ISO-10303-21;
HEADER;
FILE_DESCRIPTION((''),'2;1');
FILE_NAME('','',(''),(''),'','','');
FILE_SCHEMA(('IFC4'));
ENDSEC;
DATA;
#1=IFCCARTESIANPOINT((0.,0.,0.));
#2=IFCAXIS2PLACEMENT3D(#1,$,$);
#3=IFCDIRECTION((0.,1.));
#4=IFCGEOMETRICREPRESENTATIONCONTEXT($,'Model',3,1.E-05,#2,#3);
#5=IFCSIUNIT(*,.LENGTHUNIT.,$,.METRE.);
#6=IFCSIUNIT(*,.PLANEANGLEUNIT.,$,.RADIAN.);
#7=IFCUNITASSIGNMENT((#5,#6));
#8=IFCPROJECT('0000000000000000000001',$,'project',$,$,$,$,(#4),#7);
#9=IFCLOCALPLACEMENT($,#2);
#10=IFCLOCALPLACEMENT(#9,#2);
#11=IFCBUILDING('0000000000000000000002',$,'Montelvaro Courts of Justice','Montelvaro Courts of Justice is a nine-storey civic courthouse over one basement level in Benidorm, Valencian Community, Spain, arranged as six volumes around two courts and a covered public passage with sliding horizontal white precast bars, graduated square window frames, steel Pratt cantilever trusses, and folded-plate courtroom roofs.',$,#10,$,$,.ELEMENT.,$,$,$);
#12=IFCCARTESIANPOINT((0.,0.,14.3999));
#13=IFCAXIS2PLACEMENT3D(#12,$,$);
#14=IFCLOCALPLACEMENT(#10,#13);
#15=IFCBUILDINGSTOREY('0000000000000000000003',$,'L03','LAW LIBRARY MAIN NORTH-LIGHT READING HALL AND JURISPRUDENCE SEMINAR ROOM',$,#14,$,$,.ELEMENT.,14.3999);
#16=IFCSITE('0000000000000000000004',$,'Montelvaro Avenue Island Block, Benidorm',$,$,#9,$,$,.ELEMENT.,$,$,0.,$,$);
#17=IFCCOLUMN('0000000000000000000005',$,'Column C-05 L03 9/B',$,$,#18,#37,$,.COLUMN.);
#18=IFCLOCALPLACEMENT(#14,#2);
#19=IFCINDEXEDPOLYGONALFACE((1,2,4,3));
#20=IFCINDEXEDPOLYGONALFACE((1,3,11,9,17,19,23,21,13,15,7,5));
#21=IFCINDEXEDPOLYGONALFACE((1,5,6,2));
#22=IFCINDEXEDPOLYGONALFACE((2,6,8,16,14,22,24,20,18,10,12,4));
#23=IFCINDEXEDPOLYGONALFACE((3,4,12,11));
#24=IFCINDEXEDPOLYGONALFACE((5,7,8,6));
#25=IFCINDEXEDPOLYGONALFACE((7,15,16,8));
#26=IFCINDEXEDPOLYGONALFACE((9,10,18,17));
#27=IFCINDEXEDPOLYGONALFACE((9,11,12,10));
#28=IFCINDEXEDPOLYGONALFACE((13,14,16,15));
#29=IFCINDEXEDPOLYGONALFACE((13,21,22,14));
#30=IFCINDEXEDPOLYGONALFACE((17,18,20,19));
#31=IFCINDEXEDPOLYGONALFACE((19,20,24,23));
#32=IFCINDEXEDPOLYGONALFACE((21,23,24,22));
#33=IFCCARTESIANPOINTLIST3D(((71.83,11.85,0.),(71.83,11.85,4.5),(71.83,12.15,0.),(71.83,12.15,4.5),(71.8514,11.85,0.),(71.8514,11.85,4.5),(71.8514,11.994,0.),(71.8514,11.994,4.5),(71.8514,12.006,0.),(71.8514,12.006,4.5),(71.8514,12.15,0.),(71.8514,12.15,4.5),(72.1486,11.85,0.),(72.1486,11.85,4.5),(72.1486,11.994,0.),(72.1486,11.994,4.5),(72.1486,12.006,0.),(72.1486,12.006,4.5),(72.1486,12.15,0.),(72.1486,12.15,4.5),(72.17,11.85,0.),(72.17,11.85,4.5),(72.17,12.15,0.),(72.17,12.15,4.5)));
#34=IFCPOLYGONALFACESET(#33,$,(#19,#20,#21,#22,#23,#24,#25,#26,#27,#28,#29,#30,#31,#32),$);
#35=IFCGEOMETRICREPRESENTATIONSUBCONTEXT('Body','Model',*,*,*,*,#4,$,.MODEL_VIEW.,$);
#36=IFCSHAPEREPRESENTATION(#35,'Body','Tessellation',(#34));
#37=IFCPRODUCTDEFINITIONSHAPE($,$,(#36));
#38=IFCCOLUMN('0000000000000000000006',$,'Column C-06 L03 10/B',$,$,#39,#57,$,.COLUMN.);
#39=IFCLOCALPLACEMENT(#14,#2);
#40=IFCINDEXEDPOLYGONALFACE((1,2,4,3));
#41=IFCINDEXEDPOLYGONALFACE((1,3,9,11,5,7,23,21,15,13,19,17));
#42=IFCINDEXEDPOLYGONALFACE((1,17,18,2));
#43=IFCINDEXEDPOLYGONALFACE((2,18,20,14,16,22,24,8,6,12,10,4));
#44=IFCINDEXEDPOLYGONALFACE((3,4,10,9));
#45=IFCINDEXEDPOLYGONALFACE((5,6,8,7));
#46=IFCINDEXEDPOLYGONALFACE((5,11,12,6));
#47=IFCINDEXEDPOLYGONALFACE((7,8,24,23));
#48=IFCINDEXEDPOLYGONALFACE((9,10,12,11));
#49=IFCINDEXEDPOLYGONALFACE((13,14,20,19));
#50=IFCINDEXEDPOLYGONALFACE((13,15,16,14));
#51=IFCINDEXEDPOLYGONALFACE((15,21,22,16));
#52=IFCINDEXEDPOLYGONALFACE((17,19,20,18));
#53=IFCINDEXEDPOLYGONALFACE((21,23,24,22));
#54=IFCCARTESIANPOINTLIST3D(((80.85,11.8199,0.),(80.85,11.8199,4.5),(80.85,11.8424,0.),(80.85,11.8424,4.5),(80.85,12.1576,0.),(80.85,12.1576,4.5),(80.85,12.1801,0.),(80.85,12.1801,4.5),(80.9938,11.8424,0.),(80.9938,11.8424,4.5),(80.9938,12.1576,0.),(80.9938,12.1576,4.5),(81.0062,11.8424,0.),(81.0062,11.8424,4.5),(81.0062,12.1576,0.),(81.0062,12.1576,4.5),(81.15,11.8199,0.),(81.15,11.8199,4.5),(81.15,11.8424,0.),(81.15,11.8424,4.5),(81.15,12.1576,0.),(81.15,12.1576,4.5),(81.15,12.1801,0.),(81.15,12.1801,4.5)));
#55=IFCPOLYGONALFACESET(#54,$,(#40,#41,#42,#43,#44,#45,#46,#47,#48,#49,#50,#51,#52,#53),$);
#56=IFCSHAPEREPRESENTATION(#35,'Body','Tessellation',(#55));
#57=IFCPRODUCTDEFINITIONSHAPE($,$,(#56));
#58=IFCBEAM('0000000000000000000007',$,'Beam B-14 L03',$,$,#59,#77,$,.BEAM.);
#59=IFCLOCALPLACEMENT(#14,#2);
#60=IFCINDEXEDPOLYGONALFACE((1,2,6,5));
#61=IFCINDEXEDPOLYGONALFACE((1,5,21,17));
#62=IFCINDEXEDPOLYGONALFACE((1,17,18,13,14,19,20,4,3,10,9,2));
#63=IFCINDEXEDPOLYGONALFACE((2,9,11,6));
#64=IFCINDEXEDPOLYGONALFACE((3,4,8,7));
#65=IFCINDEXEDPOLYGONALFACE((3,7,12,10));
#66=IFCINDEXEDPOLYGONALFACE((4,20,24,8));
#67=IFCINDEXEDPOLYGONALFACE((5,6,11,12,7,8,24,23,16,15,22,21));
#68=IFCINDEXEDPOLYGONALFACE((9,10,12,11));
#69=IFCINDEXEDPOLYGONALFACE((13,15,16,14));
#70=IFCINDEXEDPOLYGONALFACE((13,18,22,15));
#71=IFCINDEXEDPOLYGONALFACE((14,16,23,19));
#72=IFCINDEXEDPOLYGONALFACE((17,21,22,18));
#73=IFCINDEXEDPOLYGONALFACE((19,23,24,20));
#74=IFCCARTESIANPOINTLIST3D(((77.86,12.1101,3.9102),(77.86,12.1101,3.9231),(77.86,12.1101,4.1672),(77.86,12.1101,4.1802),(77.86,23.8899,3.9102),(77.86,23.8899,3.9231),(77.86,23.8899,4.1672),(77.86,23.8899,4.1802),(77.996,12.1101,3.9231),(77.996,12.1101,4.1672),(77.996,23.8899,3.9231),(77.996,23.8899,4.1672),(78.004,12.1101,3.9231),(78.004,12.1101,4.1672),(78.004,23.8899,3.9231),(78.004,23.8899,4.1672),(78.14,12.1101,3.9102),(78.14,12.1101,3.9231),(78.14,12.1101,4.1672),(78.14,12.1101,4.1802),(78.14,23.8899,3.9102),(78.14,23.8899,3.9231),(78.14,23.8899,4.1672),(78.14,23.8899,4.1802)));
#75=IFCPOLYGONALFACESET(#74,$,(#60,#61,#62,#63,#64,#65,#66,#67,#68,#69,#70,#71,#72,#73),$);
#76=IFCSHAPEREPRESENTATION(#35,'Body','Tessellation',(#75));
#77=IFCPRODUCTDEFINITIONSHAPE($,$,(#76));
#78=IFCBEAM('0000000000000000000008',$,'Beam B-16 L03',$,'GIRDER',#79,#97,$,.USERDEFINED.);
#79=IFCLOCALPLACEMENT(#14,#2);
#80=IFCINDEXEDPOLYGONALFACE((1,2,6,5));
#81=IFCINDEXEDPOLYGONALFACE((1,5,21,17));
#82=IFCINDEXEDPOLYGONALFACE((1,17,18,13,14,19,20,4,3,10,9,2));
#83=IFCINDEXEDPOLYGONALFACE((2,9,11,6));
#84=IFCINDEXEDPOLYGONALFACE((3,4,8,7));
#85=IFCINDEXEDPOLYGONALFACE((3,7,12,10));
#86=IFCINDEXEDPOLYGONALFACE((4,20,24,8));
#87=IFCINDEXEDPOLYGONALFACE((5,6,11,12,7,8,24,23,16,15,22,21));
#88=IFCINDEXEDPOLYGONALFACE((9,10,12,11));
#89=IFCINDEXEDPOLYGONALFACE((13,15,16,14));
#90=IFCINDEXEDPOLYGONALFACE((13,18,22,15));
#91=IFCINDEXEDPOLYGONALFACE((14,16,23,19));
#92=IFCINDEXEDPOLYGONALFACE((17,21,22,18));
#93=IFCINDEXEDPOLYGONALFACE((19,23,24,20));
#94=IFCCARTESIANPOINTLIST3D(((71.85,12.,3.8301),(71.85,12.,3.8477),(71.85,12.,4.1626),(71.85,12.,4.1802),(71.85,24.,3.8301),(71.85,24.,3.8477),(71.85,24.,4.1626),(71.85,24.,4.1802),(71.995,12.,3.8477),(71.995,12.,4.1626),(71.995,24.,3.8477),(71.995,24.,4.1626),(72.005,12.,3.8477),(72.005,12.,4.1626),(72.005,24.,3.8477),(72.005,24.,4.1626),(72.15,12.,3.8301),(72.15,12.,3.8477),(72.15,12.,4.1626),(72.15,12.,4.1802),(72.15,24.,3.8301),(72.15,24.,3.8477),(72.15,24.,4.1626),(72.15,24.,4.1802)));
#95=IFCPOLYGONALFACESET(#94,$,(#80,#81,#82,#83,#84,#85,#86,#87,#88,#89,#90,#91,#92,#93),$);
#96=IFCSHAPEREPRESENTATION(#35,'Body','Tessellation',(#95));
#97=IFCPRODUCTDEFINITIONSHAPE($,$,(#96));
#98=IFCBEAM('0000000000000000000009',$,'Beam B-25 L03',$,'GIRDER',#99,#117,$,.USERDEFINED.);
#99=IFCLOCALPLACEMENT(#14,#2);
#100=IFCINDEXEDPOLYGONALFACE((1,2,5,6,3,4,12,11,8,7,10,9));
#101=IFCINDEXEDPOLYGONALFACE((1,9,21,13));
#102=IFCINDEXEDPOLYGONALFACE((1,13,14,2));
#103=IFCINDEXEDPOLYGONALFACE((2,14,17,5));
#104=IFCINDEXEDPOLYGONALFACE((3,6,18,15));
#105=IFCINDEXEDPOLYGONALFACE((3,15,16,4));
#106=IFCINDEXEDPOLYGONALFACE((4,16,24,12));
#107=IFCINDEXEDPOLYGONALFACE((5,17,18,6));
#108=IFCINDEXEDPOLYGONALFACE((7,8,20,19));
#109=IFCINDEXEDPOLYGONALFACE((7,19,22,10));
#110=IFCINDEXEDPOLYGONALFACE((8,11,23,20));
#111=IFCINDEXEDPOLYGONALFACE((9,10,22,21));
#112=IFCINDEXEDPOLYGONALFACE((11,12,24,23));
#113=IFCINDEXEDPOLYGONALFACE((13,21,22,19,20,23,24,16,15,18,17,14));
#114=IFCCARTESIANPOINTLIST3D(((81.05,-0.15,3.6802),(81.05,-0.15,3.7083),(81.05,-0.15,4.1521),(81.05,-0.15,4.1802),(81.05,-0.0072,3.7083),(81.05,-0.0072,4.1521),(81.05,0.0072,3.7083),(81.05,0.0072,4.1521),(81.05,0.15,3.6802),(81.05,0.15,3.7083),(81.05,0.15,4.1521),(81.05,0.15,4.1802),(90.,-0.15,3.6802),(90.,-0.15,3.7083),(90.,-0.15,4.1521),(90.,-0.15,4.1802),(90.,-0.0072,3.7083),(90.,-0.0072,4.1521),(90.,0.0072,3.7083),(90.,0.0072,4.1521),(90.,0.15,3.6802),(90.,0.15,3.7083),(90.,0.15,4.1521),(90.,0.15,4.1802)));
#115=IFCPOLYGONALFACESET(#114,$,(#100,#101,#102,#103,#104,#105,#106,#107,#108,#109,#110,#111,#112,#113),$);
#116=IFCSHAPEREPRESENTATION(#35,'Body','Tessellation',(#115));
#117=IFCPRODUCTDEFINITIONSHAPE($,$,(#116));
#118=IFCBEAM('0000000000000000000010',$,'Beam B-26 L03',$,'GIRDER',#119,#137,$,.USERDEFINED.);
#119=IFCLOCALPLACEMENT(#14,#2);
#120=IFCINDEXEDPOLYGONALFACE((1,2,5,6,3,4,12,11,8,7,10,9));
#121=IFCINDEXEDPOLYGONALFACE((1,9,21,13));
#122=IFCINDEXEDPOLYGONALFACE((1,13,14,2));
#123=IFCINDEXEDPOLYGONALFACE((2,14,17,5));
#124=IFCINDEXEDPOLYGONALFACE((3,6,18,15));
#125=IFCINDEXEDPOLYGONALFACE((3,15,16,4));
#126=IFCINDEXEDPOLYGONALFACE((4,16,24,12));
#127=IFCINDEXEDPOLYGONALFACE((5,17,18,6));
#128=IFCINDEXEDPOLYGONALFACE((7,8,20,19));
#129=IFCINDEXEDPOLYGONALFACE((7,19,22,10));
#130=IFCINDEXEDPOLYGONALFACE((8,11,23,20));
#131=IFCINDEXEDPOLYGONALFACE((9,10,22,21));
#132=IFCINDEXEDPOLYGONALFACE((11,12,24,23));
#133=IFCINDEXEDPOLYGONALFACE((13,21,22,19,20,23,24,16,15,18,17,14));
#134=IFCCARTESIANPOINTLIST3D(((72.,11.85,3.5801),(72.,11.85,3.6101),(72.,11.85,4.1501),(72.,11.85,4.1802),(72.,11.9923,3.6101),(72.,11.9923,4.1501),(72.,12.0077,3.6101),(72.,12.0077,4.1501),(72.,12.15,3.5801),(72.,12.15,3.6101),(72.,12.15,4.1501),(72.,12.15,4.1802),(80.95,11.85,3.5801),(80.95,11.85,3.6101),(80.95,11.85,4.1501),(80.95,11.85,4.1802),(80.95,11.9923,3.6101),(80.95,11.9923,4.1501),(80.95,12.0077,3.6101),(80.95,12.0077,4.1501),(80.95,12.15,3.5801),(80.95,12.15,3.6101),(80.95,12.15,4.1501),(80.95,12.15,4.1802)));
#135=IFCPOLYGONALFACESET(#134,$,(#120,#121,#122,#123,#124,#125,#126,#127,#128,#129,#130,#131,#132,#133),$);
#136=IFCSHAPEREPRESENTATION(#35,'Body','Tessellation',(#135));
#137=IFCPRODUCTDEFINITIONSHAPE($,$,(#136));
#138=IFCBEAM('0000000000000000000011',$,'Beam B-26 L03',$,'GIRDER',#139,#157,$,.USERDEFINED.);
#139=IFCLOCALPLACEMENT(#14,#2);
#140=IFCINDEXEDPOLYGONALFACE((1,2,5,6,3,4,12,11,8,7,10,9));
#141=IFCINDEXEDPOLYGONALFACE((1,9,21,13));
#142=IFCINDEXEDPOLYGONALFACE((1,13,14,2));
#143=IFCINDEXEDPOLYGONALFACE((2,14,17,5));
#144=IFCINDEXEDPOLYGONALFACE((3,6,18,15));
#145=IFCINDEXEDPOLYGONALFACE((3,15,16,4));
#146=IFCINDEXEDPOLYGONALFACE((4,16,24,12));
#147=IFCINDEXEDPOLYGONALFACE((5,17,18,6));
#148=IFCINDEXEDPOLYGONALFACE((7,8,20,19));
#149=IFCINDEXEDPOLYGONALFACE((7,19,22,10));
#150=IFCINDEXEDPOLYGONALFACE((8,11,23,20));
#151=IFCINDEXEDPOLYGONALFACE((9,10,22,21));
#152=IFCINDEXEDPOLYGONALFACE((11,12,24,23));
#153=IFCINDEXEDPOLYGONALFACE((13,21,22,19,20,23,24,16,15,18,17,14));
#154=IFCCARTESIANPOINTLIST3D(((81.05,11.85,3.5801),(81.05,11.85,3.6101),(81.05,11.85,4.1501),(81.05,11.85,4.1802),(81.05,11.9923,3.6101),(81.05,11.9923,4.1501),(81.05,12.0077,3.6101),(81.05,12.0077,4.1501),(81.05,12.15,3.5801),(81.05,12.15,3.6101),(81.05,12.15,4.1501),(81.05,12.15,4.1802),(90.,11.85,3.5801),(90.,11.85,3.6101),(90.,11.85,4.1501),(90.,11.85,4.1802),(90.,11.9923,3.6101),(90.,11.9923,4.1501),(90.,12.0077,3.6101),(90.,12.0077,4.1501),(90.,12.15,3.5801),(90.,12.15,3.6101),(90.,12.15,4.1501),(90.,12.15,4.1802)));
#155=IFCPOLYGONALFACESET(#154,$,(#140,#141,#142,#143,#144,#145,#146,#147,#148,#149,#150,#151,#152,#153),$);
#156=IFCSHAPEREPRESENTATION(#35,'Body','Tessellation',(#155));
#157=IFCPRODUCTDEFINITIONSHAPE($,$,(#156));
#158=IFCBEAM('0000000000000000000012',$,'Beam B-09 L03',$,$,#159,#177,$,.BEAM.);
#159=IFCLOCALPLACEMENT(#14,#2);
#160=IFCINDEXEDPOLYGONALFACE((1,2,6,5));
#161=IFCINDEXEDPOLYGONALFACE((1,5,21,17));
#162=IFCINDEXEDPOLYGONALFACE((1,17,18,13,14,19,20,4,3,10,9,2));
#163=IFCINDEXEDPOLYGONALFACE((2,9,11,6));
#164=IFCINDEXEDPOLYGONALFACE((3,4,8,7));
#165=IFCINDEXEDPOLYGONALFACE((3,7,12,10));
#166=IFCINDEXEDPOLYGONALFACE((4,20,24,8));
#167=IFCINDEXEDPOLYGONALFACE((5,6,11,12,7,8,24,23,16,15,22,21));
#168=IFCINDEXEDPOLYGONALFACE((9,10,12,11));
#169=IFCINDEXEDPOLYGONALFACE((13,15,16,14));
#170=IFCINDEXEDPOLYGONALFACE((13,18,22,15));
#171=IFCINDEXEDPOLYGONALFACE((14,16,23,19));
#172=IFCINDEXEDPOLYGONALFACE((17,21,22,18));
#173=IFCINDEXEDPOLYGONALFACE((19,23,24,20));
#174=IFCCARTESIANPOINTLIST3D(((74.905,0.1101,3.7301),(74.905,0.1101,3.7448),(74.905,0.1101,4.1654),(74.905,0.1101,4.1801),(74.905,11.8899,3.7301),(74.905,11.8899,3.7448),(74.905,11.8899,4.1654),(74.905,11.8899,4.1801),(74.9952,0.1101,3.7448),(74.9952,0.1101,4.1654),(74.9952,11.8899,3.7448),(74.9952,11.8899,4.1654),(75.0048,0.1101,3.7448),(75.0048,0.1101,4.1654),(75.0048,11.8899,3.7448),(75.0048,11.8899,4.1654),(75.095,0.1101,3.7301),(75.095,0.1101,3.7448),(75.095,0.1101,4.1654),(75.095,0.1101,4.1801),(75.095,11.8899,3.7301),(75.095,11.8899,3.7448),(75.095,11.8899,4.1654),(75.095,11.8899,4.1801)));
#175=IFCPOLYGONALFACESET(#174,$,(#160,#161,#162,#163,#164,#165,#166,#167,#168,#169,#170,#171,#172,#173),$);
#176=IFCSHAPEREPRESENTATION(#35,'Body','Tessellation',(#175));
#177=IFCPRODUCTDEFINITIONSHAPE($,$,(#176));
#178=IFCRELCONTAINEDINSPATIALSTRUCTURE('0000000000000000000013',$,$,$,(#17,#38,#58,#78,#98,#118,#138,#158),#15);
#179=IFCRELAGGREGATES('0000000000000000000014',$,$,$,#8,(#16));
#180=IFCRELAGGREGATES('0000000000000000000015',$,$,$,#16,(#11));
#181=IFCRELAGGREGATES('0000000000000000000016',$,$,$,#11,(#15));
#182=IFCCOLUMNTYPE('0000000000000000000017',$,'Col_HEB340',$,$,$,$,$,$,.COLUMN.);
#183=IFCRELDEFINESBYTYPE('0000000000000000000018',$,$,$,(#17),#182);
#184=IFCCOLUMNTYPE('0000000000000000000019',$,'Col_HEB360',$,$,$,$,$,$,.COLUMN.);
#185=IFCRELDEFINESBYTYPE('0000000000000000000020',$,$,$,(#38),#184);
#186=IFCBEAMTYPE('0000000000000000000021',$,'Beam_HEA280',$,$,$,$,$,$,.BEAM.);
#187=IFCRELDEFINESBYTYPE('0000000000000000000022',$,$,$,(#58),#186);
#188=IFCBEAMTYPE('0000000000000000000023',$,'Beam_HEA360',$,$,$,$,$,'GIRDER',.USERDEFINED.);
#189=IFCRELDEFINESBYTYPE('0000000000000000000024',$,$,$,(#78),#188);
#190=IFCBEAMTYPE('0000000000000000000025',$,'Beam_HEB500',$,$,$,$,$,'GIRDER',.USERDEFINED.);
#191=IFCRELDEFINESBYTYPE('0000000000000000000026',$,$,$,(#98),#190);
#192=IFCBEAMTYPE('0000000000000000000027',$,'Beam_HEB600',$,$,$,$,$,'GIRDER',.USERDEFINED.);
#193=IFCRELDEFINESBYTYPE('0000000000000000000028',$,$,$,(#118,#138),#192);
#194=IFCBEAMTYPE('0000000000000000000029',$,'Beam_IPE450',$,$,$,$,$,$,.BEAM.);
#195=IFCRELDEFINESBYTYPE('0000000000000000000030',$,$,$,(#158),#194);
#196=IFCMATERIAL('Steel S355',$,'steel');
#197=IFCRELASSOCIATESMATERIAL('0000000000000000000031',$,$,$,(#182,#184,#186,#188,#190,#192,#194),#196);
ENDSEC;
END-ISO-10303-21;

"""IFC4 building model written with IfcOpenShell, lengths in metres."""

from ifc_helpers import new_model, si_unit, direction, frame, origin, origin_2d, place, context, subcontext, project, spatial, i_section, extrude, material, material_profile, profile_set, type_object, element, save


model = new_model("IFC4")

# Units and contexts
model_context = context("Model", 3, precision=1e-05, world=origin(), true_north=direction((0.0, 1.0)))
body_context = subcontext(model_context, "Body", "Model", "MODEL_VIEW")
ifc_project = project(units=[si_unit("LENGTHUNIT", "METRE"), si_unit("PLANEANGLEUNIT", "RADIAN")], contexts=[model_context])

# Site, building, storey
site_placement = place(None, origin())
site = spatial("IfcSite", under=ifc_project, at=site_placement, Name="Montelvaro Avenue Island Block, Benidorm", CompositionType="ELEMENT", RefElevation=0.0)
building_placement = place(site_placement, origin())
building = spatial("IfcBuilding", under=site, at=building_placement, Name="Montelvaro Courts of Justice", Description="Montelvaro Courts of Justice is a nine-storey civic courthouse over one basement level in Benidorm, Valencian Community, Spain, arranged as six volumes around two courts and a covered public passage with sliding horizontal white precast bars, graduated square window frames, steel Pratt cantilever trusses, and folded-plate courtroom roofs.", CompositionType="ELEMENT")
storey_placement = place(building_placement, frame((0.0, 0.0, 14.3999)))
storey = spatial("IfcBuildingStorey", under=building, at=storey_placement, Name="L03", Description="LAW LIBRARY MAIN NORTH-LIGHT READING HALL AND JURISPRUDENCE SEMINAR ROOM", CompositionType="ELEMENT", Elevation=14.3999)

# Columns
ifc_material_1 = material(Name="Steel S355", Category="steel")
ifc_material_profile_1 = material_profile(ifc_material_1, i_section(OverallWidth=0.3, OverallDepth=0.3401, WebThickness=0.012, FlangeThickness=0.0215, at=origin_2d()), Name="HEB 340")
ifc_profile_set_1 = profile_set([ifc_material_profile_1], Name="Steel S355")
column_type_1 = type_object("IfcColumnType", Name="Col_HEB340", PredefinedType="COLUMN", material=ifc_profile_set_1)
column_1_placement = place(storey_placement, frame((72.0, 12.0, 0.0), z_axis=(0.0, 0.0, 1.0), x_axis=(0.0, 1.0, 0.0)))
element("IfcColumn", 1, at=column_1_placement, inside=storey, type_object=column_type_1, Name="Column C-05 L03 9/B", PredefinedType="COLUMN", context=body_context, shape_type="SweptSolid", body=[
    extrude(i_section(OverallWidth=0.3, OverallDepth=0.3401, WebThickness=0.012, FlangeThickness=0.0215, at=origin_2d()), origin(), (0.0, 0.0, 1.0), 4.5),
])
ifc_material_profile_2 = material_profile(ifc_material_1, i_section(OverallWidth=0.3, OverallDepth=0.3601, WebThickness=0.0125, FlangeThickness=0.0225, at=origin_2d()), Name="HEB 360")
ifc_profile_set_2 = profile_set([ifc_material_profile_2], Name="Steel S355")
column_type_2 = type_object("IfcColumnType", Name="Col_HEB360", PredefinedType="COLUMN", material=ifc_profile_set_2)
column_2_placement = place(storey_placement, frame((81.0, 12.0, 0.0), z_axis=(0.0, 0.0, 1.0), x_axis=(1.0, 0.0, 0.0)))
element("IfcColumn", 2, at=column_2_placement, inside=storey, type_object=column_type_2, Name="Column C-06 L03 10/B", PredefinedType="COLUMN", context=body_context, shape_type="SweptSolid", body=[
    extrude(i_section(OverallWidth=0.3, OverallDepth=0.3601, WebThickness=0.0125, FlangeThickness=0.0225, at=origin_2d()), origin(), (0.0, 0.0, 1.0), 4.5),
])

# Beams
ifc_material_profile_3 = material_profile(ifc_material_1, i_section(OverallWidth=0.28, OverallDepth=0.27, WebThickness=0.0081, FlangeThickness=0.0129, at=origin_2d()), Name="HEA 280")
ifc_profile_set_3 = profile_set([ifc_material_profile_3], Name="Steel S355")
beam_type_1 = type_object("IfcBeamType", Name="Beam_HEA280", PredefinedType="BEAM", material=ifc_profile_set_3)
beam_1_placement = place(storey_placement, frame((78.0, 12.1101, 4.0452), z_axis=(0.0, 1.0, 0.0), x_axis=(-1.0, 0.0, 0.0)))
element("IfcBeam", 3, at=beam_1_placement, inside=storey, type_object=beam_type_1, Name="Beam B-14 L03", PredefinedType="BEAM", context=body_context, shape_type="SweptSolid", body=[
    extrude(i_section(OverallWidth=0.28, OverallDepth=0.27, WebThickness=0.0081, FlangeThickness=0.0129, at=origin_2d()), origin(), (0.0, 0.0, 1.0), 11.7798),
])
ifc_material_profile_4 = material_profile(ifc_material_1, i_section(OverallWidth=0.3, OverallDepth=0.3501, WebThickness=0.01, FlangeThickness=0.0176, at=origin_2d()), Name="HEA 360")
ifc_profile_set_4 = profile_set([ifc_material_profile_4], Name="Steel S355")
beam_type_2 = type_object("IfcBeamType", Name="Beam_HEA360", ElementType="GIRDER", PredefinedType="USERDEFINED", material=ifc_profile_set_4)
beam_2_placement = place(storey_placement, frame((72.0, 12.0, 4.0051), z_axis=(0.0, 1.0, 0.0), x_axis=(-1.0, 0.0, 0.0)))
element("IfcBeam", 4, at=beam_2_placement, inside=storey, type_object=beam_type_2, Name="Beam B-16 L03", ObjectType="GIRDER", PredefinedType="USERDEFINED", context=body_context, shape_type="SweptSolid", body=[
    extrude(i_section(OverallWidth=0.3, OverallDepth=0.3501, WebThickness=0.01, FlangeThickness=0.0176, at=origin_2d()), origin(), (0.0, 0.0, 1.0), 12.0),
])
ifc_material_profile_5 = material_profile(ifc_material_1, i_section(OverallWidth=0.3, OverallDepth=0.5, WebThickness=0.0144, FlangeThickness=0.0281, at=origin_2d()), Name="HEB 500")
ifc_profile_set_5 = profile_set([ifc_material_profile_5], Name="Steel S355")
beam_type_3 = type_object("IfcBeamType", Name="Beam_HEB500", ElementType="GIRDER", PredefinedType="USERDEFINED", material=ifc_profile_set_5)
beam_3_placement = place(storey_placement, frame((81.05, 0.0, 3.9302), z_axis=(1.0, 0.0, 0.0), x_axis=(0.0, 1.0, 0.0)))
element("IfcBeam", 5, at=beam_3_placement, inside=storey, type_object=beam_type_3, Name="Beam B-25 L03", ObjectType="GIRDER", PredefinedType="USERDEFINED", context=body_context, shape_type="SweptSolid", body=[
    extrude(i_section(OverallWidth=0.3, OverallDepth=0.5, WebThickness=0.0144, FlangeThickness=0.0281, at=origin_2d()), origin(), (0.0, 0.0, 1.0), 8.95),
])
ifc_material_profile_6 = material_profile(ifc_material_1, i_section(OverallWidth=0.3, OverallDepth=0.6001, WebThickness=0.0154, FlangeThickness=0.03, at=origin_2d()), Name="HEB 600")
ifc_profile_set_6 = profile_set([ifc_material_profile_6], Name="Steel S355")
beam_type_4 = type_object("IfcBeamType", Name="Beam_HEB600", ElementType="GIRDER", PredefinedType="USERDEFINED", material=ifc_profile_set_6)
for number, where, z_axis, x_axis, name in (
    (6, (72.0, 12.0, 3.8801), (1.0, 0.0, 0.0), (0.0, 1.0, 0.0), "Beam B-26 L03"),
    (7, (81.05, 12.0, 3.8801), (1.0, 0.0, 0.0), (0.0, 1.0, 0.0), "Beam B-26 L03"),
):
    element("IfcBeam", number, at=place(storey_placement, frame(where, z_axis=z_axis, x_axis=x_axis)), inside=storey, type_object=beam_type_4, Name=name, ObjectType="GIRDER", PredefinedType="USERDEFINED", context=body_context, shape_type="SweptSolid", body=[
        extrude(i_section(OverallWidth=0.3, OverallDepth=0.6001, WebThickness=0.0154, FlangeThickness=0.03, at=origin_2d()), origin(), (0.0, 0.0, 1.0), 8.95),
    ])
ifc_material_profile_7 = material_profile(ifc_material_1, i_section(OverallWidth=0.1899, OverallDepth=0.45, WebThickness=0.0095, FlangeThickness=0.0146, at=origin_2d()), Name="IPE 450")
ifc_profile_set_7 = profile_set([ifc_material_profile_7], Name="Steel S355")
beam_type_5 = type_object("IfcBeamType", Name="Beam_IPE450", PredefinedType="BEAM", material=ifc_profile_set_7)
beam_4_placement = place(storey_placement, frame((75.0, 0.1101, 3.9551), z_axis=(0.0, 1.0, 0.0), x_axis=(-1.0, 0.0, 0.0)))
element("IfcBeam", 8, at=beam_4_placement, inside=storey, type_object=beam_type_5, Name="Beam B-09 L03", PredefinedType="BEAM", context=body_context, shape_type="SweptSolid", body=[
    extrude(i_section(OverallWidth=0.1899, OverallDepth=0.45, WebThickness=0.0095, FlangeThickness=0.0146, at=origin_2d()), origin(), (0.0, 0.0, 1.0), 11.7798),
])

save(model, "model.ifc")
